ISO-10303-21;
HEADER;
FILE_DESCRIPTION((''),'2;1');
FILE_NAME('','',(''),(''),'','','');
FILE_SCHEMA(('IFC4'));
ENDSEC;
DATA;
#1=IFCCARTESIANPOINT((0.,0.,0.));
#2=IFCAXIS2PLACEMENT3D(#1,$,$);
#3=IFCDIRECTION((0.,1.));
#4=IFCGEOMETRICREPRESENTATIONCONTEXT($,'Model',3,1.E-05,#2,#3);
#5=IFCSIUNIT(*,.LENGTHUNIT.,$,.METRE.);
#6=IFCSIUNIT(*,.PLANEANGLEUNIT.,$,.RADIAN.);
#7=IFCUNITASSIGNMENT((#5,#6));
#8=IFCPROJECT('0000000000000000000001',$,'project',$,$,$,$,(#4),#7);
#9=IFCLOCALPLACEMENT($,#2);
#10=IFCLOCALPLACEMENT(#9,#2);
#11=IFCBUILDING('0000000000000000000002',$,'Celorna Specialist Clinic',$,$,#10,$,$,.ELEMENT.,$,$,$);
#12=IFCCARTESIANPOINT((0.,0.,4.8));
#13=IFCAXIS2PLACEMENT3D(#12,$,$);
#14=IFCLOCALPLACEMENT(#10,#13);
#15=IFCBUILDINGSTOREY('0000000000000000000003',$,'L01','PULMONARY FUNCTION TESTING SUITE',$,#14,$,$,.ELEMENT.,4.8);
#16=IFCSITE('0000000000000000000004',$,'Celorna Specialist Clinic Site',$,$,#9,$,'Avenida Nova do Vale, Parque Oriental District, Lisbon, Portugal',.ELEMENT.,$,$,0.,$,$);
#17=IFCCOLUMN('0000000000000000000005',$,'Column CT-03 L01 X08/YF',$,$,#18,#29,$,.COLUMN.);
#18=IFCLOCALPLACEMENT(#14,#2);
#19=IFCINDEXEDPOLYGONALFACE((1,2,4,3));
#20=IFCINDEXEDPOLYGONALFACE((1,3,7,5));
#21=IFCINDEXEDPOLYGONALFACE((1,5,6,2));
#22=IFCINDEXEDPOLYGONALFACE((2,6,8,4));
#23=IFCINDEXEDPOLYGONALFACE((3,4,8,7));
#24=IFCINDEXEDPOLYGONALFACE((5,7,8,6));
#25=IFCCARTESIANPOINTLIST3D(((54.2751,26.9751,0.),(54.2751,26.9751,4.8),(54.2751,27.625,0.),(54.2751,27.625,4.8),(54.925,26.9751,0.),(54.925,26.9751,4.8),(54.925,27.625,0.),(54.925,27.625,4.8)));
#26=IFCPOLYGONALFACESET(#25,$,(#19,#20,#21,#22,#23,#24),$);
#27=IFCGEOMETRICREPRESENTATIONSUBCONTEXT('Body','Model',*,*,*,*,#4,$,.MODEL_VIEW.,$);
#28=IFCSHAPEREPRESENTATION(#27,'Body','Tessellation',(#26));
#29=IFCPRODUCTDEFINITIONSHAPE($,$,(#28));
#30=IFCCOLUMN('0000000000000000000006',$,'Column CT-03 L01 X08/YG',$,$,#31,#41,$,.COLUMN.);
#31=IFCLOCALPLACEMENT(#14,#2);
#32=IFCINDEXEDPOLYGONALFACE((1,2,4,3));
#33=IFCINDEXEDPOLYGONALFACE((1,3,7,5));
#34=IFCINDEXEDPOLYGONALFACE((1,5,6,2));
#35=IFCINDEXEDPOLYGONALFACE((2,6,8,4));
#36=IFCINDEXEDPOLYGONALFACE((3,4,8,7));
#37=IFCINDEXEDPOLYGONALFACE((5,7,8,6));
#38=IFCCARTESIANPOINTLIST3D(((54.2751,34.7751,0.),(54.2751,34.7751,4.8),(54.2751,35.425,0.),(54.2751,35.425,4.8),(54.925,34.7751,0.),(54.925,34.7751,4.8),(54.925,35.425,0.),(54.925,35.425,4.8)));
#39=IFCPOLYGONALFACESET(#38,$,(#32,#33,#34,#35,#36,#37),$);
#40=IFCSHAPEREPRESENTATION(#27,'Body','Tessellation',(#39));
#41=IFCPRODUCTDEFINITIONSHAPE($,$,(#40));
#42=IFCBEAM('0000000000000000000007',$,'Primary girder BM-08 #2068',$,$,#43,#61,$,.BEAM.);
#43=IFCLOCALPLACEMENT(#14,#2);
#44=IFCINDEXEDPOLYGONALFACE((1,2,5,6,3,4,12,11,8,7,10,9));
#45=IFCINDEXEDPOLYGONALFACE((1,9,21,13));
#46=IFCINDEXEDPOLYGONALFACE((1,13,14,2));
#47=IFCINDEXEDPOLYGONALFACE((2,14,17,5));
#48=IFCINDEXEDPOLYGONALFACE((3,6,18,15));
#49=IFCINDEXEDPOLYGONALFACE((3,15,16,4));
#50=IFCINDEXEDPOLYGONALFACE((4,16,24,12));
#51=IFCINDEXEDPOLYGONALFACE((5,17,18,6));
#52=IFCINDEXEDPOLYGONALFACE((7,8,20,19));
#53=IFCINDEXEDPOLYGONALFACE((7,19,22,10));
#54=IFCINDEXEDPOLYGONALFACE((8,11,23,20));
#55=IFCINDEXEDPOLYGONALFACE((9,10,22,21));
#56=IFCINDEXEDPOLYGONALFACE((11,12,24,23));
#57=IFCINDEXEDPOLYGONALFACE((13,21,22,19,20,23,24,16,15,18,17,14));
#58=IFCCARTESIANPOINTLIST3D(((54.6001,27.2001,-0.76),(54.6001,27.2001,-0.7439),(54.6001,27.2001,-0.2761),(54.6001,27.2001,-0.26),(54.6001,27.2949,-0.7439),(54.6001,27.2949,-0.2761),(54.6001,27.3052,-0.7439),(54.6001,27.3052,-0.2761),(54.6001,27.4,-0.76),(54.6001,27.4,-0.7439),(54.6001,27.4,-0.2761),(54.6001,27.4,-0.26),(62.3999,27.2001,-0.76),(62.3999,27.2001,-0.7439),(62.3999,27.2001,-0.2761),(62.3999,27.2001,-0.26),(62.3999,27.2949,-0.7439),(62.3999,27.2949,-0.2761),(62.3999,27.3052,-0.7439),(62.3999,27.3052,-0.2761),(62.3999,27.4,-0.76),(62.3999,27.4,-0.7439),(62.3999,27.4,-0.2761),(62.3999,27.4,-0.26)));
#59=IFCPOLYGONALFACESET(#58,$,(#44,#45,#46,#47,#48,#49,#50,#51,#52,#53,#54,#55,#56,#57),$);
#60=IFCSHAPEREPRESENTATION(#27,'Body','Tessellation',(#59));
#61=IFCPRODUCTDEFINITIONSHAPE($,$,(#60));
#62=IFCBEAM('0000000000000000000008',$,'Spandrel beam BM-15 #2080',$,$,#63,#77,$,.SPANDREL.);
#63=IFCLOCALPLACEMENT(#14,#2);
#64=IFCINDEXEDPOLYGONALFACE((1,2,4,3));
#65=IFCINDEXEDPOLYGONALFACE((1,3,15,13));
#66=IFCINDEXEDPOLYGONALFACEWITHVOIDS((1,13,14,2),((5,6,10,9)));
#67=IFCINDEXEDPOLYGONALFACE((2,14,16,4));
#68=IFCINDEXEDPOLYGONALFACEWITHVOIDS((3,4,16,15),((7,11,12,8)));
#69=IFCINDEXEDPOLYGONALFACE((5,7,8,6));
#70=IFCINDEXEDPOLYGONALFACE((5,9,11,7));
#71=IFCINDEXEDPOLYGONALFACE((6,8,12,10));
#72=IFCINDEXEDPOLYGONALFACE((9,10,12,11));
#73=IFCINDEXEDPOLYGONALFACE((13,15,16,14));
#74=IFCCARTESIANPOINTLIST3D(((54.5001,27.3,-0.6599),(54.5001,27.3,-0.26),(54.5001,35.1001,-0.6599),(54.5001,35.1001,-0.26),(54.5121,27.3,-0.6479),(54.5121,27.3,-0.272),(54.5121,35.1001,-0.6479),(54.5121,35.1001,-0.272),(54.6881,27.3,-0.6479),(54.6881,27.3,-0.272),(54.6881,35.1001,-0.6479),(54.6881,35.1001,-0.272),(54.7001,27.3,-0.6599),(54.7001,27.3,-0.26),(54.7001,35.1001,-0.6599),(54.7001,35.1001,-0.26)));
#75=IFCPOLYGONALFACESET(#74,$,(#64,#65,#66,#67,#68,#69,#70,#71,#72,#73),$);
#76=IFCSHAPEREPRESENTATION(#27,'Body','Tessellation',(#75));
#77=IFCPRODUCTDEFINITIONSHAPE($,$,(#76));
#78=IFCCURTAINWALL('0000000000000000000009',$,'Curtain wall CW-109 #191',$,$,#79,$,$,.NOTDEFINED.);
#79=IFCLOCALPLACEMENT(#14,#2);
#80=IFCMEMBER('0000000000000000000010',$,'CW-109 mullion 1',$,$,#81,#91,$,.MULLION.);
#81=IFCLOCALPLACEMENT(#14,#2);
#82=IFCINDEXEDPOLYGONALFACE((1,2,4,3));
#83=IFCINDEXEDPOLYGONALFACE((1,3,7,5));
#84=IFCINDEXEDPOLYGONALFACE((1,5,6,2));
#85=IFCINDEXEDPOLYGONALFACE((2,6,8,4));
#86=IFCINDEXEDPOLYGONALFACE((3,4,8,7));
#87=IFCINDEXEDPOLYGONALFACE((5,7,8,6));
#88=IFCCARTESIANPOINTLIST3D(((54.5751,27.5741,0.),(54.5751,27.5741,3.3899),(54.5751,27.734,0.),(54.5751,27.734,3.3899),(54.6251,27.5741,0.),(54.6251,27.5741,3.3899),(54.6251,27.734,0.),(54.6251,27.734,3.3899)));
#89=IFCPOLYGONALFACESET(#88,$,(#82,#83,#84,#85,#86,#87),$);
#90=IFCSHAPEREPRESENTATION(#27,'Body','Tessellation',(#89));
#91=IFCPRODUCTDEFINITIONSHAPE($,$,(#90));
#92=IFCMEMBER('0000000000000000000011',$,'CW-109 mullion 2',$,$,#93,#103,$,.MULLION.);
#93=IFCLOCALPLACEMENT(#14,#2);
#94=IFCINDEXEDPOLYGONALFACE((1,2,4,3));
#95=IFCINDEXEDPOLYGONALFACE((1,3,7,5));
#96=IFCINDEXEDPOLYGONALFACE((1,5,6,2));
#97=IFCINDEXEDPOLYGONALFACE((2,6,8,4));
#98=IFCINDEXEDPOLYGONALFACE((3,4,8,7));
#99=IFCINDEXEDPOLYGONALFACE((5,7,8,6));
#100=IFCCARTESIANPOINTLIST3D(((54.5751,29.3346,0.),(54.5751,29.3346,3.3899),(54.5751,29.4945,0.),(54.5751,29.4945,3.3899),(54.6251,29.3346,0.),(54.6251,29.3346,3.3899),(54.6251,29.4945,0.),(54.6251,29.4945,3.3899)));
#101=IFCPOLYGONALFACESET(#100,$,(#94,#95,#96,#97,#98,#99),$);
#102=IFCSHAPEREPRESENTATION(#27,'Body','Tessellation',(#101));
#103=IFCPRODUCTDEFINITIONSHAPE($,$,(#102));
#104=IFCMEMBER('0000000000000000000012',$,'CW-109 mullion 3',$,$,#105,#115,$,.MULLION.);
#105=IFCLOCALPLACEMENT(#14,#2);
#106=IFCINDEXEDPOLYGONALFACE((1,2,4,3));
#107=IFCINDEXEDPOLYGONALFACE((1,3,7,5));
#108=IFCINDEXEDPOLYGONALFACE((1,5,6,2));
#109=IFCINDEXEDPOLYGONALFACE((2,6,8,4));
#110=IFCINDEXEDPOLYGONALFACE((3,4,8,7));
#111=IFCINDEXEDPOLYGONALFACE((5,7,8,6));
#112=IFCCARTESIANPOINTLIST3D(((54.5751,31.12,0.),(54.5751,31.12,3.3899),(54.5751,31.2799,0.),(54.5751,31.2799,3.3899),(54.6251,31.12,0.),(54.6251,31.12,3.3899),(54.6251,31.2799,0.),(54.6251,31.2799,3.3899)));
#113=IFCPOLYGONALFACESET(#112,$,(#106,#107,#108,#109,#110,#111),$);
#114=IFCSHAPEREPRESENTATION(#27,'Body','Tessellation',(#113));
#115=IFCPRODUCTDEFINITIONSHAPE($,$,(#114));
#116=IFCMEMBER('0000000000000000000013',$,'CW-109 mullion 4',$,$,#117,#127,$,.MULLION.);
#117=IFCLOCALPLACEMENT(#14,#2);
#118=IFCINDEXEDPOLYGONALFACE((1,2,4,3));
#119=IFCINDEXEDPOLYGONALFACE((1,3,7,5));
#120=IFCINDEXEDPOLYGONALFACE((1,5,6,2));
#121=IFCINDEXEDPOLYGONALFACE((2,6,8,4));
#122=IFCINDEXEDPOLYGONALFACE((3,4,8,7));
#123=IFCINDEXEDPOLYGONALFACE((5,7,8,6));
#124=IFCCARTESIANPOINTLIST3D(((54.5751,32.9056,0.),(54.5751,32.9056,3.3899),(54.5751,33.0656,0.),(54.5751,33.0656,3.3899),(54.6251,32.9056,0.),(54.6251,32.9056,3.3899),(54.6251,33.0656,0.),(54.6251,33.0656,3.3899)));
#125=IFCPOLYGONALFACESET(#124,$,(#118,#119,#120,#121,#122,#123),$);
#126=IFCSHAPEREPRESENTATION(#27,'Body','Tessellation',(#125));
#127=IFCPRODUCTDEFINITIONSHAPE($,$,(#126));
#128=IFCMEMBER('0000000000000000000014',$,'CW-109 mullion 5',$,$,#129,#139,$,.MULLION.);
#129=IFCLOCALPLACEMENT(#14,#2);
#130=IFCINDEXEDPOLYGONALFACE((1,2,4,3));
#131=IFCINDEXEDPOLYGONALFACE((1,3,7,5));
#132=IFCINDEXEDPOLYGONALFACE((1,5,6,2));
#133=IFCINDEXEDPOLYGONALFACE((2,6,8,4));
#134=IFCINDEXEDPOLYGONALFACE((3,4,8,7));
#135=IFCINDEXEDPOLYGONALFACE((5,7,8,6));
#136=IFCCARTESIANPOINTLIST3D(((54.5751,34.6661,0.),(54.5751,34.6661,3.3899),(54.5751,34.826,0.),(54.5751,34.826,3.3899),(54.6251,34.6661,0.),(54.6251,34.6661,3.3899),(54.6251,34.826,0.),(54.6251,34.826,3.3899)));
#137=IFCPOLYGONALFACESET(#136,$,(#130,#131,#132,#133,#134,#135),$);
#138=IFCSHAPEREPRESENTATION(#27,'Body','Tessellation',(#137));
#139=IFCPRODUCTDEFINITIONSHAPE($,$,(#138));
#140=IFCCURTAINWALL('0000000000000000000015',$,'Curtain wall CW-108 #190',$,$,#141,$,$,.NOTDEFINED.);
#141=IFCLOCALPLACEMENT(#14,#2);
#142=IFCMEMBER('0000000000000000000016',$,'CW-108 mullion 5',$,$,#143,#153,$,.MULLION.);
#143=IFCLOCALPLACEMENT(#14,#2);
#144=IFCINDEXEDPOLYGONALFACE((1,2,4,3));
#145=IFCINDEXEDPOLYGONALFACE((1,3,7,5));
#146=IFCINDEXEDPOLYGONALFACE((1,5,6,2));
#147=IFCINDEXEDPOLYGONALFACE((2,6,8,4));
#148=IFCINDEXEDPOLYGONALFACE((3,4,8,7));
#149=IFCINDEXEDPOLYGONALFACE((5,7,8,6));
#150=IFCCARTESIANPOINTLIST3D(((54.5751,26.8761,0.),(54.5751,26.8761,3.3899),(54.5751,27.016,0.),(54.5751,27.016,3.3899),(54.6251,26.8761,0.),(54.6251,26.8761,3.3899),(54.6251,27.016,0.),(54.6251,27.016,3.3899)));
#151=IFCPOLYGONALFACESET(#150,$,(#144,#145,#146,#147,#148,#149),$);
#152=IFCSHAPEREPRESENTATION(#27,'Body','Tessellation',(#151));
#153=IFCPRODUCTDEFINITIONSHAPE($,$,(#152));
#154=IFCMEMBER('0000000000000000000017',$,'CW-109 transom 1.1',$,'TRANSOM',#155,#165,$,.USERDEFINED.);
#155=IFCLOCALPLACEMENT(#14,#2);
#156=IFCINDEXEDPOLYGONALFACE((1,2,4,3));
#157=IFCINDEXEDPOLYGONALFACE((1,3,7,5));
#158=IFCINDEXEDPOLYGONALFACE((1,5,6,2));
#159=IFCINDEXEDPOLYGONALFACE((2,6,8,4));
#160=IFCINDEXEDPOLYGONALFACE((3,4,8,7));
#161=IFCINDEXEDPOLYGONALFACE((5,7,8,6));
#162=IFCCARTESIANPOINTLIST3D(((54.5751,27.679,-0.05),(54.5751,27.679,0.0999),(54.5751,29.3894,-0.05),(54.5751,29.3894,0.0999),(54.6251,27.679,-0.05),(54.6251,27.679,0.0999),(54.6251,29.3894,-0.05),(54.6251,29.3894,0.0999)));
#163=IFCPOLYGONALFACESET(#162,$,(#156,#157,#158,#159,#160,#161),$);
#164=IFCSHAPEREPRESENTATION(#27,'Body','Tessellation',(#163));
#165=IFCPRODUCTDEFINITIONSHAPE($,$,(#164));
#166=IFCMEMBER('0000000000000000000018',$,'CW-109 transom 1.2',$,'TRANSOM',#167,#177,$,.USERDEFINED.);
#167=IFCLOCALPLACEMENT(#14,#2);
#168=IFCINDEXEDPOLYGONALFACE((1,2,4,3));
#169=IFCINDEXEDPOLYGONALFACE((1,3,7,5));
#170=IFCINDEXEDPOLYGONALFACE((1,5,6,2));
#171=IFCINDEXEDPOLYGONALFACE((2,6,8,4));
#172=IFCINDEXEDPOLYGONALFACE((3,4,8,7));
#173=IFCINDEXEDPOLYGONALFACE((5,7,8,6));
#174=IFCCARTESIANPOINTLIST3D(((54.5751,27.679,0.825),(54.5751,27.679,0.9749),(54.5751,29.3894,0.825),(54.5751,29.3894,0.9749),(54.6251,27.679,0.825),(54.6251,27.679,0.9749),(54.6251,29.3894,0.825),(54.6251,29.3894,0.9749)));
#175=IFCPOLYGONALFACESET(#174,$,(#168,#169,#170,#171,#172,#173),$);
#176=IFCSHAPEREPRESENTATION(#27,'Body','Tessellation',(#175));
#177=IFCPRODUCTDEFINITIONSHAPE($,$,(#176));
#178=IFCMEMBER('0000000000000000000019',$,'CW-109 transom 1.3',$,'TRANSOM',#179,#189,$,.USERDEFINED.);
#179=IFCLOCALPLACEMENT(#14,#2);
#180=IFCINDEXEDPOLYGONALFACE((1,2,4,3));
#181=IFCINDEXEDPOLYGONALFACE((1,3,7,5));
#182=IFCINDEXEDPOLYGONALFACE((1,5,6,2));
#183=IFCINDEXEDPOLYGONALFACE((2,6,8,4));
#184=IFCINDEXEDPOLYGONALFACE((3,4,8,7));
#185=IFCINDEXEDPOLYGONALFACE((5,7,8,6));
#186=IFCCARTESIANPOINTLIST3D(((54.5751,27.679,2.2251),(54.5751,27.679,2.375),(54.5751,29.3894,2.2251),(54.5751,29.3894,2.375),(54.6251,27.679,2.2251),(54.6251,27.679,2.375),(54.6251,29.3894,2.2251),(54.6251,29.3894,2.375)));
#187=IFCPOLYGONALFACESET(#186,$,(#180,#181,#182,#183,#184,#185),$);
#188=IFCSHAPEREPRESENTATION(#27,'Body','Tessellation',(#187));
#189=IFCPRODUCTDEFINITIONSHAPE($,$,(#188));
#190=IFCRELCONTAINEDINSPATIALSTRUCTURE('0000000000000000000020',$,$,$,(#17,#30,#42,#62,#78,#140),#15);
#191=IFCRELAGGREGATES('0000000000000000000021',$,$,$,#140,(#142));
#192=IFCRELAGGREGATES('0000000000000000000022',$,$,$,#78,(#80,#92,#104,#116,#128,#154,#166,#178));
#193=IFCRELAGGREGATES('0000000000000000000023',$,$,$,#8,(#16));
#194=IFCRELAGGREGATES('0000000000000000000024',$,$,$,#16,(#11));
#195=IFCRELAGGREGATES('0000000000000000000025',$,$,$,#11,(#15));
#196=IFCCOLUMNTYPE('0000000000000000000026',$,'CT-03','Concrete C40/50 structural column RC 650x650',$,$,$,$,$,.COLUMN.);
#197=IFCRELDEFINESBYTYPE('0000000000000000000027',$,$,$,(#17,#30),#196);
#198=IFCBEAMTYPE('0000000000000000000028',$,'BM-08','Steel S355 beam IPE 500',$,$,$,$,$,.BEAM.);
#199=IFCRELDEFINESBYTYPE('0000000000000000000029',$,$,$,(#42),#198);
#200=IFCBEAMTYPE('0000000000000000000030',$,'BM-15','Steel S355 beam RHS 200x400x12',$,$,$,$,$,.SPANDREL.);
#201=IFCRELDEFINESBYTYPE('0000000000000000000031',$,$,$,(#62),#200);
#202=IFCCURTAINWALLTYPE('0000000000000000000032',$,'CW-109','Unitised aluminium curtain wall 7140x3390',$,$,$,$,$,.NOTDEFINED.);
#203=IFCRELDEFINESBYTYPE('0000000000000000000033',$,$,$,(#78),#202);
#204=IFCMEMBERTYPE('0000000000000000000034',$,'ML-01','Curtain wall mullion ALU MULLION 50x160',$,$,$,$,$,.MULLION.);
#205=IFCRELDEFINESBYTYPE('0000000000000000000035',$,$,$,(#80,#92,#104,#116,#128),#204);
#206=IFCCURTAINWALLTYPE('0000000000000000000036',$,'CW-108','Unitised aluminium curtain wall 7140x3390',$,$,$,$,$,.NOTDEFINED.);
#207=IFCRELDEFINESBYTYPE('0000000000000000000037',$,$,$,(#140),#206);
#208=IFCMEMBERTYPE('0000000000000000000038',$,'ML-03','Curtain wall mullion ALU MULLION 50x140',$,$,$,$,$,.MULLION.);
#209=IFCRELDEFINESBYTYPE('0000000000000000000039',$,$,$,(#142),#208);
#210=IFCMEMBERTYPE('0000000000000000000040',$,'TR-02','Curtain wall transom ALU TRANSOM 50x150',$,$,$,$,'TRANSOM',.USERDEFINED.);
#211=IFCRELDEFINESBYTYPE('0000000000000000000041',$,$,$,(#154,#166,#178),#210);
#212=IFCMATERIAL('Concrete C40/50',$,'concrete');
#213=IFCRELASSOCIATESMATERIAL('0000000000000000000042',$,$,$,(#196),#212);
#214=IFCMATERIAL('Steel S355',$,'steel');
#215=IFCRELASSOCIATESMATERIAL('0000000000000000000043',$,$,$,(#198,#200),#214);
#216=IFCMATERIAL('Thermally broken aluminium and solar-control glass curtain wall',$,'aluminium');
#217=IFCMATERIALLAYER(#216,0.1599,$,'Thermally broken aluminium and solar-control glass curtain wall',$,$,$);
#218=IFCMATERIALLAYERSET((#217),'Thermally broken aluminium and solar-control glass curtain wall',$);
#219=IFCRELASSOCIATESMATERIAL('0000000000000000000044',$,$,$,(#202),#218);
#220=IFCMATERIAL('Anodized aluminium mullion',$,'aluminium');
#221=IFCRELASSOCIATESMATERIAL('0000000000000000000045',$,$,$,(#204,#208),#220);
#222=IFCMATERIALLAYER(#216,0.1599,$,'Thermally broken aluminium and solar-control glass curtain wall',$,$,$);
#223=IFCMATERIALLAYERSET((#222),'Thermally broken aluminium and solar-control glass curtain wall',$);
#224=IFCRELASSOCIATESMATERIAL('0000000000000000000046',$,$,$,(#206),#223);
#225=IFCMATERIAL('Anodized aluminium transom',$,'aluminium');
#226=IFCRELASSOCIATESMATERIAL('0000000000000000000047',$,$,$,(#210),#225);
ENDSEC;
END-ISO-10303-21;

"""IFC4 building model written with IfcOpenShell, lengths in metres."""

from ifc_helpers import new_model, si_unit, direction, frame, origin, origin_2d, place, context, subcontext, project, spatial, rectangle, hollow_rectangle, i_section, extrude, material, layer, layer_set, material_profile, profile_set, type_object, element, aggregate, save


model = new_model("IFC4")

# Units and contexts
model_context = context("Model", 3, precision=1e-05, world=origin(), true_north=direction((0.0, 1.0)))
body_context = subcontext(model_context, "Body", "Model", "MODEL_VIEW")
ifc_project = project(units=[si_unit("LENGTHUNIT", "METRE"), si_unit("PLANEANGLEUNIT", "RADIAN")], contexts=[model_context])

# Site, building, storey
site_placement = place(None, origin())
site = spatial("IfcSite", under=ifc_project, at=site_placement, Name="Celorna Specialist Clinic Site", LongName="Avenida Nova do Vale, Parque Oriental District, Lisbon, Portugal", CompositionType="ELEMENT", RefElevation=0.0)
building_placement = place(site_placement, origin())
building = spatial("IfcBuilding", under=site, at=building_placement, Name="Celorna Specialist Clinic", CompositionType="ELEMENT")
storey_placement = place(building_placement, frame((0.0, 0.0, 4.8)))
storey = spatial("IfcBuildingStorey", under=building, at=storey_placement, Name="L01", Description="PULMONARY FUNCTION TESTING SUITE", CompositionType="ELEMENT", Elevation=4.8)

# Columns
ifc_material_1 = material(Name="Concrete C40/50", Category="concrete")
ifc_material_profile_1 = material_profile(ifc_material_1, rectangle(XDim=0.6499, YDim=0.6499, at=origin_2d()), Name="RC 650x650")
ifc_profile_set_1 = profile_set([ifc_material_profile_1], Name="Concrete C40/50")
column_type = type_object("IfcColumnType", Name="CT-03", Description="Concrete C40/50 structural column RC 650x650", PredefinedType="COLUMN", material=ifc_profile_set_1)
for number, where, z_axis, x_axis, name in (
    (1, (54.6001, 27.3, 0.0), (0.0, 0.0, 1.0), (1.0, 0.0, 0.0), "Column CT-03 L01 X08/YF"),
    (2, (54.6001, 35.1001, 0.0), (0.0, 0.0, 1.0), (1.0, 0.0, 0.0), "Column CT-03 L01 X08/YG"),
):
    element("IfcColumn", number, at=place(storey_placement, frame(where, z_axis=z_axis, x_axis=x_axis)), inside=storey, type_object=column_type, Name=name, PredefinedType="COLUMN", context=body_context, shape_type="SweptSolid", body=[
        extrude(rectangle(XDim=0.6499, YDim=0.6499, at=origin_2d()), origin(), (0.0, 0.0, 1.0), 4.8),
    ])

# Beams
ifc_material_2 = material(Name="Steel S355", Category="steel")
ifc_material_profile_2 = material_profile(ifc_material_2, i_section(OverallWidth=0.2, OverallDepth=0.5, WebThickness=0.0103, FlangeThickness=0.0161, at=origin_2d()), Name="IPE 500")
ifc_profile_set_2 = profile_set([ifc_material_profile_2], Name="Steel S355")
beam_type_1 = type_object("IfcBeamType", Name="BM-08", Description="Steel S355 beam IPE 500", PredefinedType="BEAM", material=ifc_profile_set_2)
beam_1_placement = place(storey_placement, frame((54.6001, 27.3, -0.51), z_axis=(1.0, 0.0, 0.0), x_axis=(0.0, 1.0, 0.0)))
element("IfcBeam", 3, at=beam_1_placement, inside=storey, type_object=beam_type_1, Name="Primary girder BM-08 #2068", PredefinedType="BEAM", context=body_context, shape_type="SweptSolid", body=[
    extrude(i_section(OverallWidth=0.2, OverallDepth=0.5, WebThickness=0.0103, FlangeThickness=0.0161, at=origin_2d()), origin(), (0.0, 0.0, 1.0), 7.7998),
])
ifc_material_profile_3 = material_profile(ifc_material_2, hollow_rectangle(XDim=0.2, YDim=0.3999, WallThickness=0.012, at=origin_2d()), Name="RHS 200x400x12")
ifc_profile_set_3 = profile_set([ifc_material_profile_3], Name="Steel S355")
beam_type_2 = type_object("IfcBeamType", Name="BM-15", Description="Steel S355 beam RHS 200x400x12", PredefinedType="SPANDREL", material=ifc_profile_set_3)
beam_2_placement = place(storey_placement, frame((54.6001, 27.3, -0.46), z_axis=(0.0, 1.0, 0.0), x_axis=(-1.0, 0.0, 0.0)))
element("IfcBeam", 4, at=beam_2_placement, inside=storey, type_object=beam_type_2, Name="Spandrel beam BM-15 #2080", PredefinedType="SPANDREL", context=body_context, shape_type="SweptSolid", body=[
    extrude(hollow_rectangle(XDim=0.2, YDim=0.3999, WallThickness=0.012, at=origin_2d()), origin(), (0.0, 0.0, 1.0), 7.8),
])

# Curtain wall, members
ifc_material_3 = material(Name="Thermally broken aluminium and solar-control glass curtain wall", Category="aluminium")
ifc_layer_1 = layer(ifc_material_3, 0.1599, Name="Thermally broken aluminium and solar-control glass curtain wall")
ifc_layer_set_1 = layer_set([ifc_layer_1], Name="Thermally broken aluminium and solar-control glass curtain wall")
curtain_wall_type_1 = type_object("IfcCurtainWallType", Name="CW-109", Description="Unitised aluminium curtain wall 7140x3390", PredefinedType="NOTDEFINED", material=ifc_layer_set_1)
curtain_wall_1_placement = place(storey_placement, origin())
curtain_wall_1 = element("IfcCurtainWall", 5, at=curtain_wall_1_placement, inside=storey, type_object=curtain_wall_type_1, Name="Curtain wall CW-109 #191", PredefinedType="NOTDEFINED")
ifc_material_4 = material(Name="Anodized aluminium mullion", Category="aluminium")
ifc_material_profile_4 = material_profile(ifc_material_4, rectangle(XDim=0.05, YDim=0.1599, at=origin_2d()), Name="ALU MULLION 50x160")
ifc_profile_set_4 = profile_set([ifc_material_profile_4], Name="Anodized aluminium mullion")
member_type_1 = type_object("IfcMemberType", Name="ML-01", Description="Curtain wall mullion ALU MULLION 50x160", PredefinedType="MULLION", material=ifc_profile_set_4)
member_1_placement = place(storey_placement, frame((54.6001, 27.6541, 0.0), z_axis=(0.0, 0.0, 1.0), x_axis=(-1.0, 0.0, 0.0)))
member_1 = element("IfcMember", 6, at=member_1_placement, type_object=member_type_1, Name="CW-109 mullion 1", PredefinedType="MULLION", context=body_context, shape_type="SweptSolid", body=[
    extrude(rectangle(XDim=0.05, YDim=0.1599, at=origin_2d()), origin(), (0.0, 0.0, 1.0), 3.3899),
])
member_2_placement = place(storey_placement, frame((54.6001, 29.4146, 0.0), z_axis=(0.0, 0.0, 1.0), x_axis=(-1.0, 0.0, 0.0)))
member_2 = element("IfcMember", 7, at=member_2_placement, type_object=member_type_1, Name="CW-109 mullion 2", PredefinedType="MULLION", context=body_context, shape_type="SweptSolid", body=[
    extrude(rectangle(XDim=0.05, YDim=0.1599, at=origin_2d()), origin(), (0.0, 0.0, 1.0), 3.3899),
])
member_3_placement = place(storey_placement, frame((54.6001, 31.2, 0.0), z_axis=(0.0, 0.0, 1.0), x_axis=(-1.0, 0.0, 0.0)))
member_3 = element("IfcMember", 8, at=member_3_placement, type_object=member_type_1, Name="CW-109 mullion 3", PredefinedType="MULLION", context=body_context, shape_type="SweptSolid", body=[
    extrude(rectangle(XDim=0.05, YDim=0.1599, at=origin_2d()), origin(), (0.0, 0.0, 1.0), 3.3899),
])
member_4_placement = place(storey_placement, frame((54.6001, 32.9856, 0.0), z_axis=(0.0, 0.0, 1.0), x_axis=(-1.0, 0.0, 0.0)))
member_4 = element("IfcMember", 9, at=member_4_placement, type_object=member_type_1, Name="CW-109 mullion 4", PredefinedType="MULLION", context=body_context, shape_type="SweptSolid", body=[
    extrude(rectangle(XDim=0.05, YDim=0.1599, at=origin_2d()), origin(), (0.0, 0.0, 1.0), 3.3899),
])
member_5_placement = place(storey_placement, frame((54.6001, 34.7461, 0.0), z_axis=(0.0, 0.0, 1.0), x_axis=(-1.0, 0.0, 0.0)))
member_5 = element("IfcMember", 10, at=member_5_placement, type_object=member_type_1, Name="CW-109 mullion 5", PredefinedType="MULLION", context=body_context, shape_type="SweptSolid", body=[
    extrude(rectangle(XDim=0.05, YDim=0.1599, at=origin_2d()), origin(), (0.0, 0.0, 1.0), 3.3899),
])

# Curtain wall, member
ifc_layer_2 = layer(ifc_material_3, 0.1599, Name="Thermally broken aluminium and solar-control glass curtain wall")
ifc_layer_set_2 = layer_set([ifc_layer_2], Name="Thermally broken aluminium and solar-control glass curtain wall")
curtain_wall_type_2 = type_object("IfcCurtainWallType", Name="CW-108", Description="Unitised aluminium curtain wall 7140x3390", PredefinedType="NOTDEFINED", material=ifc_layer_set_2)
curtain_wall_2_placement = place(storey_placement, origin())
curtain_wall_2 = element("IfcCurtainWall", 11, at=curtain_wall_2_placement, inside=storey, type_object=curtain_wall_type_2, Name="Curtain wall CW-108 #190", PredefinedType="NOTDEFINED")
ifc_material_profile_5 = material_profile(ifc_material_4, rectangle(XDim=0.05, YDim=0.1399, at=origin_2d()), Name="ALU MULLION 50x140")
ifc_profile_set_5 = profile_set([ifc_material_profile_5], Name="Anodized aluminium mullion")
member_type_2 = type_object("IfcMemberType", Name="ML-03", Description="Curtain wall mullion ALU MULLION 50x140", PredefinedType="MULLION", material=ifc_profile_set_5)
member_6_placement = place(storey_placement, frame((54.6001, 26.946, 0.0), z_axis=(0.0, 0.0, 1.0), x_axis=(-1.0, 0.0, 0.0)))
member_6 = element("IfcMember", 12, at=member_6_placement, type_object=member_type_2, Name="CW-108 mullion 5", PredefinedType="MULLION", context=body_context, shape_type="SweptSolid", body=[
    extrude(rectangle(XDim=0.05, YDim=0.1399, at=origin_2d()), origin(), (0.0, 0.0, 1.0), 3.3899),
])
aggregate(curtain_wall_2, [member_6])

# Members
ifc_material_5 = material(Name="Anodized aluminium transom", Category="aluminium")
ifc_material_profile_6 = material_profile(ifc_material_5, rectangle(XDim=0.05, YDim=0.1499, at=origin_2d()), Name="ALU TRANSOM 50x150")
ifc_profile_set_6 = profile_set([ifc_material_profile_6], Name="Anodized aluminium transom")
member_type_3 = type_object("IfcMemberType", Name="TR-02", Description="Curtain wall transom ALU TRANSOM 50x150", ElementType="TRANSOM", PredefinedType="USERDEFINED", material=ifc_profile_set_6)
member_7_placement = place(storey_placement, frame((54.6001, 27.679, 0.0249), z_axis=(0.0, 1.0, 0.0), x_axis=(-1.0, 0.0, 0.0)))
member_7 = element("IfcMember", 13, at=member_7_placement, type_object=member_type_3, Name="CW-109 transom 1.1", ObjectType="TRANSOM", PredefinedType="USERDEFINED", context=body_context, shape_type="SweptSolid", body=[
    extrude(rectangle(XDim=0.05, YDim=0.1499, at=origin_2d()), origin(), (0.0, 0.0, 1.0), 1.7104),
])
member_8_placement = place(storey_placement, frame((54.6001, 27.679, 0.8999), z_axis=(0.0, 1.0, 0.0), x_axis=(-1.0, 0.0, 0.0)))
member_8 = element("IfcMember", 14, at=member_8_placement, type_object=member_type_3, Name="CW-109 transom 1.2", ObjectType="TRANSOM", PredefinedType="USERDEFINED", context=body_context, shape_type="SweptSolid", body=[
    extrude(rectangle(XDim=0.05, YDim=0.1499, at=origin_2d()), origin(), (0.0, 0.0, 1.0), 1.7104),
])
member_9_placement = place(storey_placement, frame((54.6001, 27.679, 2.3), z_axis=(0.0, 1.0, 0.0), x_axis=(-1.0, 0.0, 0.0)))
member_9 = element("IfcMember", 15, at=member_9_placement, type_object=member_type_3, Name="CW-109 transom 1.3", ObjectType="TRANSOM", PredefinedType="USERDEFINED", context=body_context, shape_type="SweptSolid", body=[
    extrude(rectangle(XDim=0.05, YDim=0.1499, at=origin_2d()), origin(), (0.0, 0.0, 1.0), 1.7104),
])

aggregate(curtain_wall_1, [member_1, member_2, member_3, member_4, member_5, member_7, member_8, member_9])

save(model, "model.ifc")
